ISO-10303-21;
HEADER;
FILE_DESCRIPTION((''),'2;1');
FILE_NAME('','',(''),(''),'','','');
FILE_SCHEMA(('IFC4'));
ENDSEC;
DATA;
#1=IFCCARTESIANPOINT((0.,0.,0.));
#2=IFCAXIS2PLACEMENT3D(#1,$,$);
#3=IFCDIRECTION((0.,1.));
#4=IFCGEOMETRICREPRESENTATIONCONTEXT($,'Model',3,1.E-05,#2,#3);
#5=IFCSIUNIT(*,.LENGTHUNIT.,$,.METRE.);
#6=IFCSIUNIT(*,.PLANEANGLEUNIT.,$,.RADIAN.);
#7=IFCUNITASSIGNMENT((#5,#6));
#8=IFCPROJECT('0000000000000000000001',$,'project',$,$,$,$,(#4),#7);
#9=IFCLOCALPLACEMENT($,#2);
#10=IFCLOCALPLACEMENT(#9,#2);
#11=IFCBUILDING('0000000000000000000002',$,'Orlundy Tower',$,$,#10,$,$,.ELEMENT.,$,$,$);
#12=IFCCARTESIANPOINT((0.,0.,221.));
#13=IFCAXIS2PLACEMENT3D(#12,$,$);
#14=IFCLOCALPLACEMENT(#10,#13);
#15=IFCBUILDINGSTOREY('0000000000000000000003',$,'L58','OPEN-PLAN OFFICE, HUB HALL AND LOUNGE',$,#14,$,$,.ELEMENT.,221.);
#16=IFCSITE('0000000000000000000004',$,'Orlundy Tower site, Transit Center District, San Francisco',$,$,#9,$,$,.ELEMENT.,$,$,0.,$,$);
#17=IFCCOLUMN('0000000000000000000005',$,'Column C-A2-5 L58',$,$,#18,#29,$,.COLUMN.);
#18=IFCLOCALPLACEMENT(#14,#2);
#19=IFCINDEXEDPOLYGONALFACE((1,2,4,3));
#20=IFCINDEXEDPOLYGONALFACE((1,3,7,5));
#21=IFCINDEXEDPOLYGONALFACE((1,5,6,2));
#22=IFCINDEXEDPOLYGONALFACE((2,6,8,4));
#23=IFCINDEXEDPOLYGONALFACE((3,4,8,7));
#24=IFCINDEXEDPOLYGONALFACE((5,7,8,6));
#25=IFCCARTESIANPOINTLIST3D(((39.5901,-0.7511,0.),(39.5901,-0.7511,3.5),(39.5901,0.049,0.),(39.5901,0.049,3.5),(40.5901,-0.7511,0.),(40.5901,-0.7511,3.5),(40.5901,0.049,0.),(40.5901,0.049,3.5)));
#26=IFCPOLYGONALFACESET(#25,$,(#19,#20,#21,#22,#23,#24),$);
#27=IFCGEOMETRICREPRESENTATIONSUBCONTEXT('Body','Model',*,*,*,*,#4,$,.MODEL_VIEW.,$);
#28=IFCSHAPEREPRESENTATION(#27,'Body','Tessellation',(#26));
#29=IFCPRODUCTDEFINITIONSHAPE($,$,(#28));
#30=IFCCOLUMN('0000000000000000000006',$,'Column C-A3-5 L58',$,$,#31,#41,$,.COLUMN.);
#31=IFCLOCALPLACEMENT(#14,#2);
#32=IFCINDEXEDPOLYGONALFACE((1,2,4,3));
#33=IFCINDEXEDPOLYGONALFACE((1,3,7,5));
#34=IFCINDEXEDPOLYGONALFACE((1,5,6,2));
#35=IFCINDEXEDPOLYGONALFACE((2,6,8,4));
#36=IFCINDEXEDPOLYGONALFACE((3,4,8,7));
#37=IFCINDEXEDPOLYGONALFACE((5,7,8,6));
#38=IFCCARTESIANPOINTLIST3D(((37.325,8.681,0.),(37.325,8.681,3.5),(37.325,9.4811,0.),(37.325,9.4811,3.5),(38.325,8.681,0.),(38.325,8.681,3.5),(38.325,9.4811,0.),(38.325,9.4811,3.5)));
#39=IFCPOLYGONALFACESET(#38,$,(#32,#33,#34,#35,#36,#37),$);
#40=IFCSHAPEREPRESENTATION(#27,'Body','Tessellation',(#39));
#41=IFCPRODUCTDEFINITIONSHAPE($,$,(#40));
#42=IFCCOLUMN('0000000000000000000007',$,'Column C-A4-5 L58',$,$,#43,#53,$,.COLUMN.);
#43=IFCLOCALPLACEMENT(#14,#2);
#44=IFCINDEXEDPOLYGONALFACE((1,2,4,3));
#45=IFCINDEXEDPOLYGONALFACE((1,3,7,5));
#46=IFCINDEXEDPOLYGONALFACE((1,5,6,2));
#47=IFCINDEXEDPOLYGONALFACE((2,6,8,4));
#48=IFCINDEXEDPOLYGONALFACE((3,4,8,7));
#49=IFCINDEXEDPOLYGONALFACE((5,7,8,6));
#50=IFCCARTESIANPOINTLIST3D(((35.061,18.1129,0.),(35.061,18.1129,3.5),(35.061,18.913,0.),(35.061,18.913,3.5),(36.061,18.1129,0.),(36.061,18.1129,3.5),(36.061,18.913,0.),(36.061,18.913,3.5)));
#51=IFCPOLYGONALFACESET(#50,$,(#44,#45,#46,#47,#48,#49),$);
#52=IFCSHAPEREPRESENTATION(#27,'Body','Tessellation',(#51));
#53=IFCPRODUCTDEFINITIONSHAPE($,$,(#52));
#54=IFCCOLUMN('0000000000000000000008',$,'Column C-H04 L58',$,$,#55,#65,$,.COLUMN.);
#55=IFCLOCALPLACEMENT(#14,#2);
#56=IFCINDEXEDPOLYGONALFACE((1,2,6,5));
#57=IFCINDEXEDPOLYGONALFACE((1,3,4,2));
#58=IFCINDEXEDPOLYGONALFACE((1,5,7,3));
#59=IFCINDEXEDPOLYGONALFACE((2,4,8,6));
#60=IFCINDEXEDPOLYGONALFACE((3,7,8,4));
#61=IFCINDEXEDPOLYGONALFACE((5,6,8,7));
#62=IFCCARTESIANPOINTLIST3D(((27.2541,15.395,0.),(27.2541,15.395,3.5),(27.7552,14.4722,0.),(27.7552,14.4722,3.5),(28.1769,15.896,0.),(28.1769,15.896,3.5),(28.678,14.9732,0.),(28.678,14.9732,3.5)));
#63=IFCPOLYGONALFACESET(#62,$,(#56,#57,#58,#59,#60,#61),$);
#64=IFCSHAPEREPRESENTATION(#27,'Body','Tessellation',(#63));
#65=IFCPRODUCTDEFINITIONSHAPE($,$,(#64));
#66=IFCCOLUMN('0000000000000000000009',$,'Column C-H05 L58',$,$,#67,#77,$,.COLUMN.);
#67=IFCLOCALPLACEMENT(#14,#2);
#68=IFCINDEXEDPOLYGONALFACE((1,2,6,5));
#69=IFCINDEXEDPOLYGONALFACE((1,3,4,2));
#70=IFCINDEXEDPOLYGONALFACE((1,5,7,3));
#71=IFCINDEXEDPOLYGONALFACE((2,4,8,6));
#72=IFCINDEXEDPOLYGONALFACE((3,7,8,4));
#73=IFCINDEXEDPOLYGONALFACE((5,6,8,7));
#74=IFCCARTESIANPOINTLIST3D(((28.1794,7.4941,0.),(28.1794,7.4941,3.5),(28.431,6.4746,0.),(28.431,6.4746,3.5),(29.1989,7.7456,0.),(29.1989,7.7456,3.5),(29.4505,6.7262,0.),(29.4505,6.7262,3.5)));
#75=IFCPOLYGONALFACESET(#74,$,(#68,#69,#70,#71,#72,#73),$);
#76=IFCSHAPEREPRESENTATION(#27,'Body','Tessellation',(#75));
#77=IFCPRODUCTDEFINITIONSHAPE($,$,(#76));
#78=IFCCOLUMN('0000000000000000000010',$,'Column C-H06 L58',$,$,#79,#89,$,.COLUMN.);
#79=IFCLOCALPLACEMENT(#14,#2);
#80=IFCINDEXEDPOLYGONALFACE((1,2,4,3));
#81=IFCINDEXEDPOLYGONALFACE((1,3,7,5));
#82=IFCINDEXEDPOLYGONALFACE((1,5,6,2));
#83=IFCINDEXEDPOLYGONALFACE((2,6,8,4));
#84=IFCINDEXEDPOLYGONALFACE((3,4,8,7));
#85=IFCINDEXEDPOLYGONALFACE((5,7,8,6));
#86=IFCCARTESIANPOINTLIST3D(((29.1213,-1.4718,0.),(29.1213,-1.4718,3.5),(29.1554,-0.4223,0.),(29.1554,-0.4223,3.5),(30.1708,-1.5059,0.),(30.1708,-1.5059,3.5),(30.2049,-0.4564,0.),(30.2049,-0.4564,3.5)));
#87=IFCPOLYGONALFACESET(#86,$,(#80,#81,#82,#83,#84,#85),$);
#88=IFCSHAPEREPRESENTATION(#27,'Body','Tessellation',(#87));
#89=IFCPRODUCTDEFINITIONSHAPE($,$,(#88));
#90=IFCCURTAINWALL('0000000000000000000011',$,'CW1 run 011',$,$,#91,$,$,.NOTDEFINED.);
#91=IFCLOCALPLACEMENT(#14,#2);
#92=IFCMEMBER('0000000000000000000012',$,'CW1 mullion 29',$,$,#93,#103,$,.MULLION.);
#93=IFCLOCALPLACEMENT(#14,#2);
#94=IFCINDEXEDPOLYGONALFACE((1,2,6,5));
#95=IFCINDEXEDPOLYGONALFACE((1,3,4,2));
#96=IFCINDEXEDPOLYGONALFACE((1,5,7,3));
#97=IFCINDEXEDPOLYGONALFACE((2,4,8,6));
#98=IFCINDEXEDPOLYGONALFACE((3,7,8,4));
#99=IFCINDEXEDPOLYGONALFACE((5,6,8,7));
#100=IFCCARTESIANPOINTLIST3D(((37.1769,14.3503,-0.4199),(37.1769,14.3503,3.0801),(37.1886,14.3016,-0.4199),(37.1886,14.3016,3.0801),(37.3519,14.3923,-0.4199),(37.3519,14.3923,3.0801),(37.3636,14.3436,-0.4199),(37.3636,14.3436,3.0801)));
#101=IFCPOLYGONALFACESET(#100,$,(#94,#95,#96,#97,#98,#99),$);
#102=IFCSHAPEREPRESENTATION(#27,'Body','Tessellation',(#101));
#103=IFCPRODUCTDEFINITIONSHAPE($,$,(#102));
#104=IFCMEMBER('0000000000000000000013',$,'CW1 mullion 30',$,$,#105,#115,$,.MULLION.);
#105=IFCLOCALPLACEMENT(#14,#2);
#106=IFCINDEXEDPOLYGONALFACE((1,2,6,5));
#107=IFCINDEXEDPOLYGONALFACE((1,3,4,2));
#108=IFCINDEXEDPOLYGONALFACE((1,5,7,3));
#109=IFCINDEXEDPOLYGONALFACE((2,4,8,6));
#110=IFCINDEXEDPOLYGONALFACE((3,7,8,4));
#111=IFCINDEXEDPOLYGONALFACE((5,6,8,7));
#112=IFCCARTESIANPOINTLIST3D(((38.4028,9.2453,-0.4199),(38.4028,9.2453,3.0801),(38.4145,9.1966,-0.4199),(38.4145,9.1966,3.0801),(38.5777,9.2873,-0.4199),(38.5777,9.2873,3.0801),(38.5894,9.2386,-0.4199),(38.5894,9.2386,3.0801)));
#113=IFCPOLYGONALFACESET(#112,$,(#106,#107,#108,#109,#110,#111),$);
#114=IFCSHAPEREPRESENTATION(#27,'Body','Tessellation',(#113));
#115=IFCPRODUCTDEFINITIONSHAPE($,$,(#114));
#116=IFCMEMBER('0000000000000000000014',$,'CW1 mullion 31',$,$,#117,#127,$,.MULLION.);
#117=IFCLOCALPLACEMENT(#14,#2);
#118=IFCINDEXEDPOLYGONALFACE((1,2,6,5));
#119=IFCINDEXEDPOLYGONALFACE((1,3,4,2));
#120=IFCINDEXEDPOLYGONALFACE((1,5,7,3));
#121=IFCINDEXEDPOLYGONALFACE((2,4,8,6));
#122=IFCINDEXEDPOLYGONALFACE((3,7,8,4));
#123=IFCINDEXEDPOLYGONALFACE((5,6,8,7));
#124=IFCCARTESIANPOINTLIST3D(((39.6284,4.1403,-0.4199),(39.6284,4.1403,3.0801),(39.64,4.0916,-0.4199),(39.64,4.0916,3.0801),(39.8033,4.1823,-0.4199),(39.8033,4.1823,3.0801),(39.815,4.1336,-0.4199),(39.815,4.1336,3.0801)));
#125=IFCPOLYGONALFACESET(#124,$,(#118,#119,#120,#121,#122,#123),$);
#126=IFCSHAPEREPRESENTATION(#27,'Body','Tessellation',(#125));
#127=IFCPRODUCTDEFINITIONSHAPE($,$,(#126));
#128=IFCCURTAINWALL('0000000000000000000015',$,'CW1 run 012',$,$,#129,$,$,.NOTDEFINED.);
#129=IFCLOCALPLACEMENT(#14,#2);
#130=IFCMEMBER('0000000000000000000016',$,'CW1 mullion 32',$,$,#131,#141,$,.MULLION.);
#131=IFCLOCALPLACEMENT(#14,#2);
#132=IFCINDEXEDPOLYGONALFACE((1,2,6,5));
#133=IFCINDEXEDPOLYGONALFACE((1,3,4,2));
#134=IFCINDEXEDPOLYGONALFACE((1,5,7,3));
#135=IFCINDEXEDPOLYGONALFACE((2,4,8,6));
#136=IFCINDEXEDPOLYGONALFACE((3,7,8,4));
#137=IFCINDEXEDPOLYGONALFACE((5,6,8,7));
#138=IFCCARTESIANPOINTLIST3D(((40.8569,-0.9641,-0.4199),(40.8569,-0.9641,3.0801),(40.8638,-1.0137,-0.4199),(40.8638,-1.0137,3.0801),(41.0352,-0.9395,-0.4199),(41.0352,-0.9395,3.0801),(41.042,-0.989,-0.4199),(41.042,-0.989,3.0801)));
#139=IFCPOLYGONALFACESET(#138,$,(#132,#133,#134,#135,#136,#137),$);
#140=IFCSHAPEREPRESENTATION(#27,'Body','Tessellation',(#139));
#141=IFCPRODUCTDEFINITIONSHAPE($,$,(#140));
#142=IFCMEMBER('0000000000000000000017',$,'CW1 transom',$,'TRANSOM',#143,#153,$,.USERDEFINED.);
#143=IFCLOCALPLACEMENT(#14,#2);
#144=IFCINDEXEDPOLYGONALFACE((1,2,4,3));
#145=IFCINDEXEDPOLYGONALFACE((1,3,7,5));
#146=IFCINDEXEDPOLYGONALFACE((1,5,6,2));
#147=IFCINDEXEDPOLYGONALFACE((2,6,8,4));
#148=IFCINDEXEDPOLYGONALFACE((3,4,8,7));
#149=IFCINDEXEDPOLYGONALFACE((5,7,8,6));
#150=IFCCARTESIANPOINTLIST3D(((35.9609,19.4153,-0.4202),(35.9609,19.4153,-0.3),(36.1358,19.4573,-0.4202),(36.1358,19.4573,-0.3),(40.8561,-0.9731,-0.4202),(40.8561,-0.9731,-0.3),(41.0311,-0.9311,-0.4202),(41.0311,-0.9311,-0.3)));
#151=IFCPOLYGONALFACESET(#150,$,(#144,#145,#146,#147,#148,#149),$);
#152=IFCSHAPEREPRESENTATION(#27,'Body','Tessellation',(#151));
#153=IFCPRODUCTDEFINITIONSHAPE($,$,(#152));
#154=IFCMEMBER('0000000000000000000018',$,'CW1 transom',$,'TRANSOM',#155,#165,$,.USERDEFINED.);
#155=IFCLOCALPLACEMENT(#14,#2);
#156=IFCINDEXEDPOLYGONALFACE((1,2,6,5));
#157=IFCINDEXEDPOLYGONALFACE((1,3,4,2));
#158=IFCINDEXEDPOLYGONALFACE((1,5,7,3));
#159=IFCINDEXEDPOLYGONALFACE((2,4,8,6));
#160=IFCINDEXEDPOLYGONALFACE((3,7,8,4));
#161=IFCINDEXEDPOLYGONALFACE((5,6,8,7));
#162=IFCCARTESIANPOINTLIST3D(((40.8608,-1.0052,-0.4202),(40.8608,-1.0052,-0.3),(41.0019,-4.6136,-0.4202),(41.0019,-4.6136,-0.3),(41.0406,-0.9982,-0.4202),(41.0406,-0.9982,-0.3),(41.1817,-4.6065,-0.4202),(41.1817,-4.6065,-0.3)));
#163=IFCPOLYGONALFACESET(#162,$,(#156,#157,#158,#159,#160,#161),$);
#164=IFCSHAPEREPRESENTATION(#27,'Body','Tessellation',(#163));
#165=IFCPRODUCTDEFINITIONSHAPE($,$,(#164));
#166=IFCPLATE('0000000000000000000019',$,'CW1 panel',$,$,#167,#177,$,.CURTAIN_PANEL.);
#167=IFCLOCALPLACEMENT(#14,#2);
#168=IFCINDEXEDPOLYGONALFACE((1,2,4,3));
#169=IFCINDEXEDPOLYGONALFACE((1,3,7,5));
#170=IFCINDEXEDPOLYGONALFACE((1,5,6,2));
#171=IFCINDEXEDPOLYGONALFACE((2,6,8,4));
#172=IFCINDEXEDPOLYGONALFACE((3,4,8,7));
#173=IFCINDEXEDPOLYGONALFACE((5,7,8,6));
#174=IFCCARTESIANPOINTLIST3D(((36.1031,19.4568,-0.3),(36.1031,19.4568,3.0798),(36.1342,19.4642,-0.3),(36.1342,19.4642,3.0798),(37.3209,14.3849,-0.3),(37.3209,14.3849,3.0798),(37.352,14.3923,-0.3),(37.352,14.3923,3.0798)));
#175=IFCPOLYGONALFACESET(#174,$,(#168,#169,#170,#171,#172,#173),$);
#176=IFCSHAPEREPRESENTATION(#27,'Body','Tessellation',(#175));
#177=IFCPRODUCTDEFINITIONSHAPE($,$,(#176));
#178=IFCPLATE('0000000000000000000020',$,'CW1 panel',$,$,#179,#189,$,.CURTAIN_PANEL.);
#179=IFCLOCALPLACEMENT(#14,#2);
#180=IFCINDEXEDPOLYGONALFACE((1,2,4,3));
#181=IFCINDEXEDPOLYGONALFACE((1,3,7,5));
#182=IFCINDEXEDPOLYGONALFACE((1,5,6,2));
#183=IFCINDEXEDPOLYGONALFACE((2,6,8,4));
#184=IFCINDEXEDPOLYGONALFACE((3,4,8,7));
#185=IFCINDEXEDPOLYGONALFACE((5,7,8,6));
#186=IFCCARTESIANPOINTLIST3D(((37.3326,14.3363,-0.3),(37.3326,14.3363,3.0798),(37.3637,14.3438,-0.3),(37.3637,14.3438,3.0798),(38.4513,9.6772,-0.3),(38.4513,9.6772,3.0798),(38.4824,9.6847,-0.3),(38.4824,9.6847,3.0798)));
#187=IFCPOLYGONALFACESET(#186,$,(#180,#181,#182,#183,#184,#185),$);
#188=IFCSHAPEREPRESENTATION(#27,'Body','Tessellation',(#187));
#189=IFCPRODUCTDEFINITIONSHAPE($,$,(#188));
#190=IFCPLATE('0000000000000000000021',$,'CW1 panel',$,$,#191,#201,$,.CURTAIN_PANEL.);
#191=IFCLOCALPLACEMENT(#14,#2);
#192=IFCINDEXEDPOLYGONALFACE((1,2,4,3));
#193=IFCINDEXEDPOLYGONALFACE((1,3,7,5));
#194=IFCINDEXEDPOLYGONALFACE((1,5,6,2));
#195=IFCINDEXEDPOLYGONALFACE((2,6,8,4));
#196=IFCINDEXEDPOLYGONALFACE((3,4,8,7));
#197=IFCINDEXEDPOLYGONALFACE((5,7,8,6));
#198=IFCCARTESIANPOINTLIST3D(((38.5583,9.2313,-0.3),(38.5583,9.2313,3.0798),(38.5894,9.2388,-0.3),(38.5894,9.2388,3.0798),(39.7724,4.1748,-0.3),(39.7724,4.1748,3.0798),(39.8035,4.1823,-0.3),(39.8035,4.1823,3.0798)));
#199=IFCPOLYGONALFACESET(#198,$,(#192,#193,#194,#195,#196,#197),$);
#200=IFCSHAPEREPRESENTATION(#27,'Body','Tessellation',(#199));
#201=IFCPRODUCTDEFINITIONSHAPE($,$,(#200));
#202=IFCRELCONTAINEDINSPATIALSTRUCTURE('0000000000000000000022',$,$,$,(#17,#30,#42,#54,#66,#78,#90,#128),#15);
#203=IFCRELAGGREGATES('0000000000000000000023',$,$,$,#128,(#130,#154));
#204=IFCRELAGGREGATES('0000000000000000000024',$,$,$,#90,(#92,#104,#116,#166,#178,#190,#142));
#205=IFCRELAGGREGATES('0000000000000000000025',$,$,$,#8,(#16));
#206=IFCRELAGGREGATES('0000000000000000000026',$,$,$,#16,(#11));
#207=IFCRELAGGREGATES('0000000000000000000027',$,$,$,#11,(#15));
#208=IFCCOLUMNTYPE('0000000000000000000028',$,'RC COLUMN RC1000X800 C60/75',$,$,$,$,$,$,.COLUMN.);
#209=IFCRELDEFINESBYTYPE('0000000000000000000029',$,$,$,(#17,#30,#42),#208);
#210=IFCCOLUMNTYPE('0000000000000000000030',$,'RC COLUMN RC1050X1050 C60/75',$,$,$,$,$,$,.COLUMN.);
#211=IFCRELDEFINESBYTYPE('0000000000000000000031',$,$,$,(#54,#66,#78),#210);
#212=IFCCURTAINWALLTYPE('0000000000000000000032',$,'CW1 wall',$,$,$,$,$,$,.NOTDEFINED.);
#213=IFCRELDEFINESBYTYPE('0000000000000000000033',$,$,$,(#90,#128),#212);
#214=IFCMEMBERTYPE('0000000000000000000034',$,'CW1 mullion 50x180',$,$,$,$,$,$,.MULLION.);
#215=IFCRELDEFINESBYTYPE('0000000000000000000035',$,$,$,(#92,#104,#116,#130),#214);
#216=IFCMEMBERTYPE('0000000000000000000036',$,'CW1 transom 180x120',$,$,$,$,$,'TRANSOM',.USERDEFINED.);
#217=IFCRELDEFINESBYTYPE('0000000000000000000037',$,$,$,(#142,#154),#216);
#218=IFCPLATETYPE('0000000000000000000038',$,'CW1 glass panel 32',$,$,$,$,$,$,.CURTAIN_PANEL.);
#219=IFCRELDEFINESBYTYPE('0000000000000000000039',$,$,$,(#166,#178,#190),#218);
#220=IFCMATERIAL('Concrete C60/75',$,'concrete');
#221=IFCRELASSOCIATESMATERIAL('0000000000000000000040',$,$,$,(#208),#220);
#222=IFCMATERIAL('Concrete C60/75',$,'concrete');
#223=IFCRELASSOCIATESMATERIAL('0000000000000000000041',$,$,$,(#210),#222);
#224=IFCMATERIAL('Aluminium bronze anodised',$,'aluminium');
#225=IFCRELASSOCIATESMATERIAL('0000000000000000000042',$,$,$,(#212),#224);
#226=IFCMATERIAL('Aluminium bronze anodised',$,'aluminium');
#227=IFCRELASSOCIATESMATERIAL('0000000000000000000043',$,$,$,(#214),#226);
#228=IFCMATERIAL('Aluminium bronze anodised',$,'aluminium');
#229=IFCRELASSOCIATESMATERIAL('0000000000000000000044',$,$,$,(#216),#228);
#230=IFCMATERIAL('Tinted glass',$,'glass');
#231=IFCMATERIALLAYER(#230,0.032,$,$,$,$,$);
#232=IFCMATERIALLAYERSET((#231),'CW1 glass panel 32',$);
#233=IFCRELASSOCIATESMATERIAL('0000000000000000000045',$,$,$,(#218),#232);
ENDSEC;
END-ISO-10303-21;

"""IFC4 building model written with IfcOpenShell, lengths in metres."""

from ifc_helpers import new_model, si_unit, direction, frame, origin, origin_2d, place, context, subcontext, project, spatial, rectangle, extrude, material, layer, layer_set, material_profile, profile_set, type_object, element, aggregate, save


model = new_model("IFC4")

# Units and contexts
model_context = context("Model", 3, precision=1e-05, world=origin(), true_north=direction((0.0, 1.0)))
body_context = subcontext(model_context, "Body", "Model", "MODEL_VIEW")
ifc_project = project(units=[si_unit("LENGTHUNIT", "METRE"), si_unit("PLANEANGLEUNIT", "RADIAN")], contexts=[model_context])

# Site, building, storey
site_placement = place(None, origin())
site = spatial("IfcSite", under=ifc_project, at=site_placement, Name="Orlundy Tower site, Transit Center District, San Francisco", CompositionType="ELEMENT", RefElevation=0.0)
building_placement = place(site_placement, origin())
building = spatial("IfcBuilding", under=site, at=building_placement, Name="Orlundy Tower", CompositionType="ELEMENT")
storey_placement = place(building_placement, frame((0.0, 0.0, 221.0)))
storey = spatial("IfcBuildingStorey", under=building, at=storey_placement, Name="L58", Description="OPEN-PLAN OFFICE, HUB HALL AND LOUNGE", CompositionType="ELEMENT", Elevation=221.0)

# Columns
ifc_material_1 = material(Name="Concrete C60/75", Category="concrete")
ifc_material_profile_1 = material_profile(ifc_material_1, rectangle(XDim=1.0, YDim=0.8, at=origin_2d()), Name="RC1000X800")
ifc_profile_set_1 = profile_set([ifc_material_profile_1], Name="Concrete C60/75")
column_type_1 = type_object("IfcColumnType", Name="RC COLUMN RC1000X800 C60/75", PredefinedType="COLUMN", material=ifc_profile_set_1)
for number, where, z_axis, x_axis, name in (
    (1, (40.0901, -0.3511, 0.0), (0.0, 0.0, 1.0), (1.0, 0.0, 0.0), "Column C-A2-5 L58"),
    (2, (37.825, 9.0811, 0.0), (0.0, 0.0, 1.0), (1.0, 0.0, 0.0), "Column C-A3-5 L58"),
    (3, (35.561, 18.5129, 0.0), (0.0, 0.0, 1.0), (1.0, 0.0, 0.0), "Column C-A4-5 L58"),
):
    element("IfcColumn", number, at=place(storey_placement, frame(where, z_axis=z_axis, x_axis=x_axis)), inside=storey, type_object=column_type_1, Name=name, PredefinedType="COLUMN", context=body_context, shape_type="SweptSolid", body=[
        extrude(rectangle(XDim=1.0, YDim=0.8, at=origin_2d()), origin(), (0.0, 0.0, 1.0), 3.5),
    ])
ifc_material_2 = material(Name="Concrete C60/75", Category="concrete")
ifc_material_profile_2 = material_profile(ifc_material_2, rectangle(XDim=1.05, YDim=1.05, at=origin_2d()), Name="RC1050X1050")
ifc_profile_set_2 = profile_set([ifc_material_profile_2], Name="Concrete C60/75")
column_type_2 = type_object("IfcColumnType", Name="RC COLUMN RC1050X1050 C60/75", PredefinedType="COLUMN", material=ifc_profile_set_2)
for number, where, z_axis, x_axis, name in (
    (4, (27.9661, 15.1841, 0.0), (0.0, 0.0, 1.0), (0.878817, 0.477159, 0.0), "Column C-H04 L58"),
    (5, (28.8149, 7.1101, 0.0), (0.0, 0.0, 1.0), (0.97088, 0.239567, 0.0), "Column C-H05 L58"),
    (6, (29.6631, -0.9641, 0.0), (0.0, 0.0, 1.0), (0.999473, -0.032475, 0.0), "Column C-H06 L58"),
):
    element("IfcColumn", number, at=place(storey_placement, frame(where, z_axis=z_axis, x_axis=x_axis)), inside=storey, type_object=column_type_2, Name=name, PredefinedType="COLUMN", context=body_context, shape_type="SweptSolid", body=[
        extrude(rectangle(XDim=1.05, YDim=1.05, at=origin_2d()), origin(), (0.0, 0.0, 1.0), 3.5),
    ])

# Curtain wall, members
ifc_material_3 = material(Name="Aluminium bronze anodised", Category="aluminium")
curtain_wall_type = type_object("IfcCurtainWallType", Name="CW1 wall", PredefinedType="NOTDEFINED", material=ifc_material_3)
curtain_wall_1_placement = place(storey_placement, origin())
curtain_wall_1 = element("IfcCurtainWall", 7, at=curtain_wall_1_placement, inside=storey, type_object=curtain_wall_type, Name="CW1 run 011", PredefinedType="NOTDEFINED")
ifc_material_4 = material(Name="Aluminium bronze anodised", Category="aluminium")
ifc_material_profile_3 = material_profile(ifc_material_4, rectangle(XDim=0.1799, YDim=0.05, at=origin_2d()), Name="CW1 mullion 50x180")
ifc_profile_set_3 = profile_set([ifc_material_profile_3], Name="Aluminium bronze anodised")
member_type_1 = type_object("IfcMemberType", Name="CW1 mullion 50x180", PredefinedType="MULLION", material=ifc_profile_set_3)
member_1_placement = place(storey_placement, frame((37.2703, 14.3469, -0.4199), z_axis=(0.0, 0.0, 1.0), x_axis=(0.972364, 0.233472, 0.0)))
member_1 = element("IfcMember", 8, at=member_1_placement, type_object=member_type_1, Name="CW1 mullion 29", PredefinedType="MULLION", context=body_context, shape_type="SweptSolid", body=[
    extrude(rectangle(XDim=0.1799, YDim=0.05, at=origin_2d()), origin(), (0.0, 0.0, 1.0), 3.5),
])
member_2_placement = place(storey_placement, frame((38.4961, 9.2419, -0.4199), z_axis=(0.0, 0.0, 1.0), x_axis=(0.972364, 0.233472, 0.0)))
member_2 = element("IfcMember", 9, at=member_2_placement, type_object=member_type_1, Name="CW1 mullion 30", PredefinedType="MULLION", context=body_context, shape_type="SweptSolid", body=[
    extrude(rectangle(XDim=0.1799, YDim=0.05, at=origin_2d()), origin(), (0.0, 0.0, 1.0), 3.5),
])
member_3_placement = place(storey_placement, frame((39.7217, 4.137, -0.4199), z_axis=(0.0, 0.0, 1.0), x_axis=(0.972364, 0.233472, 0.0)))
member_3 = element("IfcMember", 10, at=member_3_placement, type_object=member_type_1, Name="CW1 mullion 31", PredefinedType="MULLION", context=body_context, shape_type="SweptSolid", body=[
    extrude(rectangle(XDim=0.1799, YDim=0.05, at=origin_2d()), origin(), (0.0, 0.0, 1.0), 3.5),
])

# Curtain wall, member
curtain_wall_2_placement = place(storey_placement, origin())
curtain_wall_2 = element("IfcCurtainWall", 11, at=curtain_wall_2_placement, inside=storey, type_object=curtain_wall_type, Name="CW1 run 012", PredefinedType="NOTDEFINED")
member_4_placement = place(storey_placement, frame((40.9495, -0.9766, -0.4199), z_axis=(0.0, 0.0, 1.0), x_axis=(0.990577, 0.136955, 0.0)))
member_4 = element("IfcMember", 12, at=member_4_placement, type_object=member_type_1, Name="CW1 mullion 32", PredefinedType="MULLION", context=body_context, shape_type="SweptSolid", body=[
    extrude(rectangle(XDim=0.1799, YDim=0.05, at=origin_2d()), origin(), (0.0, 0.0, 1.0), 3.5),
])

# Members
ifc_material_5 = material(Name="Aluminium bronze anodised", Category="aluminium")
ifc_material_profile_4 = material_profile(ifc_material_5, rectangle(XDim=0.1799, YDim=0.1201, at=origin_2d()), Name="CW1 transom 180x120")
ifc_profile_set_4 = profile_set([ifc_material_profile_4], Name="Aluminium bronze anodised")
member_type_2 = type_object("IfcMemberType", Name="CW1 transom 180x120", ElementType="TRANSOM", PredefinedType="USERDEFINED", material=ifc_profile_set_4)
member_5_placement = place(storey_placement, frame((36.0483, 19.4363, -0.3601), z_axis=(0.233465, -0.972365, 0.0), x_axis=(0.972365, 0.233465, 0.0)))
member_5 = element("IfcMember", 13, at=member_5_placement, type_object=member_type_2, Name="CW1 transom", ObjectType="TRANSOM", PredefinedType="USERDEFINED", context=body_context, shape_type="SweptSolid", body=[
    extrude(rectangle(XDim=0.1799, YDim=0.1201, at=origin_2d()), origin(), (0.0, 0.0, 1.0), 20.9678),
])
member_6_placement = place(storey_placement, frame((40.9507, -1.0017, -0.3601), z_axis=(0.039077, -0.999236, 0.0), x_axis=(0.999236, 0.039077, 0.0)))
member_6 = element("IfcMember", 14, at=member_6_placement, type_object=member_type_2, Name="CW1 transom", ObjectType="TRANSOM", PredefinedType="USERDEFINED", context=body_context, shape_type="SweptSolid", body=[
    extrude(rectangle(XDim=0.1799, YDim=0.1201, at=origin_2d()), origin(), (0.0, 0.0, 1.0), 3.6111),
])
aggregate(curtain_wall_2, [member_4, member_6])

# Plates
ifc_material_6 = material(Name="Tinted glass", Category="glass")
ifc_layer_1 = layer(ifc_material_6, 0.032)
ifc_layer_set_1 = layer_set([ifc_layer_1], Name="CW1 glass panel 32")
plate_type = type_object("IfcPlateType", Name="CW1 glass panel 32", PredefinedType="CURTAIN_PANEL", material=ifc_layer_set_1)
plate_1_placement = place(storey_placement, frame((36.7275, 16.9246, -0.3), z_axis=(0.0, 0.0, 1.0), x_axis=(0.233472, -0.972364, 0.0)))
plate_1 = element("IfcPlate", 15, at=plate_1_placement, type_object=plate_type, Name="CW1 panel", PredefinedType="CURTAIN_PANEL", context=body_context, shape_type="SweptSolid", body=[
    extrude(rectangle(XDim=5.2161, YDim=0.032, at=origin_2d()), origin(), (0.0, 0.0, 1.0), 3.3799),
])
plate_2_placement = place(storey_placement, frame((37.9075, 12.0105, -0.3), z_axis=(0.0, 0.0, 1.0), x_axis=(0.233472, -0.972364, 0.0)))
plate_2 = element("IfcPlate", 16, at=plate_2_placement, type_object=plate_type, Name="CW1 panel", PredefinedType="CURTAIN_PANEL", context=body_context, shape_type="SweptSolid", body=[
    extrude(rectangle(XDim=4.7915, YDim=0.032, at=origin_2d()), origin(), (0.0, 0.0, 1.0), 3.3799),
])
plate_3_placement = place(storey_placement, frame((39.1809, 6.7068, -0.3), z_axis=(0.0, 0.0, 1.0), x_axis=(0.233472, -0.972364, 0.0)))
plate_3 = element("IfcPlate", 17, at=plate_3_placement, type_object=plate_type, Name="CW1 panel", PredefinedType="CURTAIN_PANEL", context=body_context, shape_type="SweptSolid", body=[
    extrude(rectangle(XDim=5.2002, YDim=0.032, at=origin_2d()), origin(), (0.0, 0.0, 1.0), 3.3799),
])
aggregate(curtain_wall_1, [member_1, member_2, member_3, plate_1, plate_2, plate_3, member_5])

save(model, "model.ifc")
